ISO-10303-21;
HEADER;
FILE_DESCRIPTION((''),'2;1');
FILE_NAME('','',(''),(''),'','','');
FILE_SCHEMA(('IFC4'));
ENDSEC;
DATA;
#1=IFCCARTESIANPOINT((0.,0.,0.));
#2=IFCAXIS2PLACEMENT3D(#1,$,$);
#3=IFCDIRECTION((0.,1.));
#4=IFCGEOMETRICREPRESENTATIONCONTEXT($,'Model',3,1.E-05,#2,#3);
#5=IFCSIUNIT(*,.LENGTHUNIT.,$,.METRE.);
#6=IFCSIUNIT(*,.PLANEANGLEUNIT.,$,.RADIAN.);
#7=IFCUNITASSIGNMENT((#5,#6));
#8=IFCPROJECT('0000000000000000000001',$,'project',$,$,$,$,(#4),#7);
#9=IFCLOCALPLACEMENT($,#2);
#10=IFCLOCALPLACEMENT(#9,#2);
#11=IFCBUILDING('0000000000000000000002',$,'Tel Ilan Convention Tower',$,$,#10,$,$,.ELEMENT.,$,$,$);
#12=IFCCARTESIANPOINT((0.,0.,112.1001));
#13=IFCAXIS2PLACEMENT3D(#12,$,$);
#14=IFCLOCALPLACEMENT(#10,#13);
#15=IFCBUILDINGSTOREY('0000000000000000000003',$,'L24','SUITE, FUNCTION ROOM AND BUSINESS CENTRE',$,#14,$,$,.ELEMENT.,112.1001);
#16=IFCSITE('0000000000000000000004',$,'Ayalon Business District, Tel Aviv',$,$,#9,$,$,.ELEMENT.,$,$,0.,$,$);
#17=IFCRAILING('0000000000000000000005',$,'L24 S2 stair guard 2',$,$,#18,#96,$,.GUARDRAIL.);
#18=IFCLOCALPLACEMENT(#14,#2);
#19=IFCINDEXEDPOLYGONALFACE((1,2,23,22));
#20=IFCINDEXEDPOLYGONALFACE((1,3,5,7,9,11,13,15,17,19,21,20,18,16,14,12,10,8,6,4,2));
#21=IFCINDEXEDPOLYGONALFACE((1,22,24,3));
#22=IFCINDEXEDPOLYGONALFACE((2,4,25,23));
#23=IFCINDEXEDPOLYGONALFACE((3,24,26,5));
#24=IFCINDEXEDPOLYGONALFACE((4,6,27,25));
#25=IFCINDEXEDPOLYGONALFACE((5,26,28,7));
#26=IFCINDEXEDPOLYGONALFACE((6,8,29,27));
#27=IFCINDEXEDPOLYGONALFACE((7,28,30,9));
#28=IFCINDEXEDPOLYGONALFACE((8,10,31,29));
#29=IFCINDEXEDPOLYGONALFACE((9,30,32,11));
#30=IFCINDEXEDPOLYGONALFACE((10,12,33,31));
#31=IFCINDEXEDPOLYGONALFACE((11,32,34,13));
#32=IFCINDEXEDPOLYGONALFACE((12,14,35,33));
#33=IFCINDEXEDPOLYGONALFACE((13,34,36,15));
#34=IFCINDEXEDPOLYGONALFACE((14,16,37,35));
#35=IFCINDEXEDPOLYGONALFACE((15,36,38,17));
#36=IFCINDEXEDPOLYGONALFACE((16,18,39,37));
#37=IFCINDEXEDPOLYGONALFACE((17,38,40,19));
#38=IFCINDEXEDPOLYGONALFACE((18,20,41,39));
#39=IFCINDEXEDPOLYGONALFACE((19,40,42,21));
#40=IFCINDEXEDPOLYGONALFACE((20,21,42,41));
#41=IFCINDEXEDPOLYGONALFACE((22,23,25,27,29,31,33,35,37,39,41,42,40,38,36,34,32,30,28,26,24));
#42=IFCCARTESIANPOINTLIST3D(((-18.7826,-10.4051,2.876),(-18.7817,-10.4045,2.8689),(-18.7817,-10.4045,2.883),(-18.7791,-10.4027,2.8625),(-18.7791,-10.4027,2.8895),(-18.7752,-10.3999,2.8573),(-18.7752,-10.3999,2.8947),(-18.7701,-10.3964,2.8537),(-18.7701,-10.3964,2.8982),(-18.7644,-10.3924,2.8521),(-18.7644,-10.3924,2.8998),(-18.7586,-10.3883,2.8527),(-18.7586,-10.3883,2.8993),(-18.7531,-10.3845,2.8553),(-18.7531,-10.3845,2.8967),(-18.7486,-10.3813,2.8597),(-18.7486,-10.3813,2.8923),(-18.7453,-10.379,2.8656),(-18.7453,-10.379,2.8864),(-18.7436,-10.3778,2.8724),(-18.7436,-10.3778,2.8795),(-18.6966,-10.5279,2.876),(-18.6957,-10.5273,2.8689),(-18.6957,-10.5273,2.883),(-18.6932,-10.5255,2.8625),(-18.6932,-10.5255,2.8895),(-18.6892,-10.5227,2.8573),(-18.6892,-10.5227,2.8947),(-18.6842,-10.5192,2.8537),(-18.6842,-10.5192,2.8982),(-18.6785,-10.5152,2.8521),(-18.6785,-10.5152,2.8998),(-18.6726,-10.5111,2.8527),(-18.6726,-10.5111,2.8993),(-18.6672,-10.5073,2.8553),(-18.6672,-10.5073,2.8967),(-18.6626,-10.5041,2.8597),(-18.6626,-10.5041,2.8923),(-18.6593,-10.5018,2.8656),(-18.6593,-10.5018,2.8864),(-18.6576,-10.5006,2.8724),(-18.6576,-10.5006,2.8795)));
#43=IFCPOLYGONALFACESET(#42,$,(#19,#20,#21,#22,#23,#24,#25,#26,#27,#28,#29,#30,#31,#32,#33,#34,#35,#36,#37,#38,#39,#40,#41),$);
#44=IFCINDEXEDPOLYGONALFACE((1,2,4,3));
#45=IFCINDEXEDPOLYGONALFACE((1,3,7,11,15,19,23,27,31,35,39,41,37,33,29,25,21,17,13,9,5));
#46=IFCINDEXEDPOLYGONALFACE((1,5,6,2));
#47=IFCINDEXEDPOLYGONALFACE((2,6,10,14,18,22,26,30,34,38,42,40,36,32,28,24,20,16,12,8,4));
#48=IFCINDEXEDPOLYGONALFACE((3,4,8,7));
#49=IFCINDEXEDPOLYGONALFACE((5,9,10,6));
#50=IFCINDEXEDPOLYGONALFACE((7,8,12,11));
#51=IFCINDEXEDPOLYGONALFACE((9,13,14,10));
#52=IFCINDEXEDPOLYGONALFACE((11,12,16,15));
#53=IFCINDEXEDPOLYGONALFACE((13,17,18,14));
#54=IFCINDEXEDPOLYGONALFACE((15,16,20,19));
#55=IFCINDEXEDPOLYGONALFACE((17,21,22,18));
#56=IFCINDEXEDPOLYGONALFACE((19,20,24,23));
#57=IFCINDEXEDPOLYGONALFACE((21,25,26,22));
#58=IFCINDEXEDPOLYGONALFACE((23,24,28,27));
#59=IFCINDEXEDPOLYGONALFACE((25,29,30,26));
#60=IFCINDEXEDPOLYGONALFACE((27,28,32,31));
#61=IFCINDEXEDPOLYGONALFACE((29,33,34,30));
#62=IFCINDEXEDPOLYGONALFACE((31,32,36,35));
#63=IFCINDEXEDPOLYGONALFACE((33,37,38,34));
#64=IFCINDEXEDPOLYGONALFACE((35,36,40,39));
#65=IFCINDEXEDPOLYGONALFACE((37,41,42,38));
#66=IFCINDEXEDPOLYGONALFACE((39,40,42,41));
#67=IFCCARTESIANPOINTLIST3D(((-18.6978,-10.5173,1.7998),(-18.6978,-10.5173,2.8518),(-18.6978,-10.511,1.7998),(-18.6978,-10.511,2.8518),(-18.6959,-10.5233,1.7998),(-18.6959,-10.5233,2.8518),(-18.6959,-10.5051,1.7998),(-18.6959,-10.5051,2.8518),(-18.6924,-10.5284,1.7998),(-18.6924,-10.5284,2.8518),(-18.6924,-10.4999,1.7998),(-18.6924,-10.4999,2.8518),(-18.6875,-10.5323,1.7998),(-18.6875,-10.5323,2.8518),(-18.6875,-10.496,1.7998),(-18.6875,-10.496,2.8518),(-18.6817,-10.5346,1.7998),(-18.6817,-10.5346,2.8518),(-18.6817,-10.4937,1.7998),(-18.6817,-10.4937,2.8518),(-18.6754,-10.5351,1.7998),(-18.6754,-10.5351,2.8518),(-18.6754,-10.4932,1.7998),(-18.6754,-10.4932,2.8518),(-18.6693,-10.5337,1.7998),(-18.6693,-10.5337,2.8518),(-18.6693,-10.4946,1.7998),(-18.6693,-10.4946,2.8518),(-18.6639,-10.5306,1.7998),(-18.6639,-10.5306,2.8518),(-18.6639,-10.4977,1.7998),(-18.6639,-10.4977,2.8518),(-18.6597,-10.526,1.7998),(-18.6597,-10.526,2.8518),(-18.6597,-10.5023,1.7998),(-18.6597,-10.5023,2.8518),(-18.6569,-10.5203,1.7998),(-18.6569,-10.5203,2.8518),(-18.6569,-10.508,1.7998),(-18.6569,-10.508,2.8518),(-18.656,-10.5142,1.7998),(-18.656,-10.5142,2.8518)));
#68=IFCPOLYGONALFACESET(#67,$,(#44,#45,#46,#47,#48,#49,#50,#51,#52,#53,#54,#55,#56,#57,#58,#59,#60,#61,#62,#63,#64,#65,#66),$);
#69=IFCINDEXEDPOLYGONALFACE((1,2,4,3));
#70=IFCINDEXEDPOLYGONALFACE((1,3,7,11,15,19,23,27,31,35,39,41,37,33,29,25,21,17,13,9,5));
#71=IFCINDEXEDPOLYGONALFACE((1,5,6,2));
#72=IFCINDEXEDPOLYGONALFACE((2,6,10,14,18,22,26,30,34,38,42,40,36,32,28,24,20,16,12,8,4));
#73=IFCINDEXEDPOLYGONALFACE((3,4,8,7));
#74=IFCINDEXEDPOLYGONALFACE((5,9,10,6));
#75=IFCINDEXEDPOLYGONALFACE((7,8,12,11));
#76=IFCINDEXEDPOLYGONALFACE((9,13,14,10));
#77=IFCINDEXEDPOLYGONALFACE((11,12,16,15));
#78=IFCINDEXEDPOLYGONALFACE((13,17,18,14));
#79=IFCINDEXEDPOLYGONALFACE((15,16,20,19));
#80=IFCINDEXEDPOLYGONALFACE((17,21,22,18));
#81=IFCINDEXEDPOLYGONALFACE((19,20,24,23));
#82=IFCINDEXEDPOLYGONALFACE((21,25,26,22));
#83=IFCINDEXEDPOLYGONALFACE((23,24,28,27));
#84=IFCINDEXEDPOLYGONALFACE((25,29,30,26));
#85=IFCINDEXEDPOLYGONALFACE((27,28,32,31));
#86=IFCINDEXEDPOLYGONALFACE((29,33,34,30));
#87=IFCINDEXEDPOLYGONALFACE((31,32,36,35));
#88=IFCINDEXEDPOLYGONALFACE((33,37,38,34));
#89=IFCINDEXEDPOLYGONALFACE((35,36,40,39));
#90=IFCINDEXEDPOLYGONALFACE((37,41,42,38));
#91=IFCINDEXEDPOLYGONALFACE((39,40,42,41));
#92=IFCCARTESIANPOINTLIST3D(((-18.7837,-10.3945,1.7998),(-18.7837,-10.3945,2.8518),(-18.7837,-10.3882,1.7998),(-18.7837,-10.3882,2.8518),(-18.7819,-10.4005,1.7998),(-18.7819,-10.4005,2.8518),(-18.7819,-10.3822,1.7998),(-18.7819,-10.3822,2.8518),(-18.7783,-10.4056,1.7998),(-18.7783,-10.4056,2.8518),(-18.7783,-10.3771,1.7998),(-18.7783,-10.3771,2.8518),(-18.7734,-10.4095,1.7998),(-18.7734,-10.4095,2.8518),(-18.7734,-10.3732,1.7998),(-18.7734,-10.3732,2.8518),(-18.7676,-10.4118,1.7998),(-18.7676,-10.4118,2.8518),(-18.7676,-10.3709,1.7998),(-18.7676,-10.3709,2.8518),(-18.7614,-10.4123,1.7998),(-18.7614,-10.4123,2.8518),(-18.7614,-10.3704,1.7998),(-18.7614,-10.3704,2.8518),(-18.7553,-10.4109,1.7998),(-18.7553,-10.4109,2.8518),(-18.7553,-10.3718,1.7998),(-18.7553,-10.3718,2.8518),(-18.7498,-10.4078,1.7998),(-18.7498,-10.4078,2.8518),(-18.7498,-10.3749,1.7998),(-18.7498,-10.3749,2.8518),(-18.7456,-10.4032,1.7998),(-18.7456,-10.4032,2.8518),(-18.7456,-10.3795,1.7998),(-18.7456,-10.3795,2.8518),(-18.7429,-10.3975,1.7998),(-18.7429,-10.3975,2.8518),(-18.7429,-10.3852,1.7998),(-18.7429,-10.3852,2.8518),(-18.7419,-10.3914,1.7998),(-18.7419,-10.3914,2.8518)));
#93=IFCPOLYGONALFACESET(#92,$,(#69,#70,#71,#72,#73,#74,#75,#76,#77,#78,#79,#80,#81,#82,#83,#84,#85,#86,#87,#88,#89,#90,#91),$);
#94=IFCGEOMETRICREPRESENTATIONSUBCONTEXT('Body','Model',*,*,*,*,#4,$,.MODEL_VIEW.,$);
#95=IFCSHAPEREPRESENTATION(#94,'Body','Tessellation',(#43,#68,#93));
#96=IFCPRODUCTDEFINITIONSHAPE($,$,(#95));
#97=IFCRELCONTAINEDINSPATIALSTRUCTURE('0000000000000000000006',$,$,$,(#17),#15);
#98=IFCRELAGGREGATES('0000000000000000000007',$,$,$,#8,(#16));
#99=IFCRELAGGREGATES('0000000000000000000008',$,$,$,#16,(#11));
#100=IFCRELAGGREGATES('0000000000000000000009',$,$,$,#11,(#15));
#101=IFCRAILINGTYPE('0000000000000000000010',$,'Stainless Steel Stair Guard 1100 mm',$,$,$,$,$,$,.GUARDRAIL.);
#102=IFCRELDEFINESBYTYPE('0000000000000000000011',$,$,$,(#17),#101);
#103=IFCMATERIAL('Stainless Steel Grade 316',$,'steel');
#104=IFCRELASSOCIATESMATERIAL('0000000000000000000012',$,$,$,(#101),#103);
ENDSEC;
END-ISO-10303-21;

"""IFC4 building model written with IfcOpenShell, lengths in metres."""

from ifc_helpers import new_model, si_unit, direction, frame, origin, origin_2d, place, context, subcontext, project, spatial, circle, extrude, material, type_object, element, save


model = new_model("IFC4")

# Units and contexts
model_context = context("Model", 3, precision=1e-05, world=origin(), true_north=direction((0.0, 1.0)))
body_context = subcontext(model_context, "Body", "Model", "MODEL_VIEW")
ifc_project = project(units=[si_unit("LENGTHUNIT", "METRE"), si_unit("PLANEANGLEUNIT", "RADIAN")], contexts=[model_context])

# Site, building, storey
site_placement = place(None, origin())
site = spatial("IfcSite", under=ifc_project, at=site_placement, Name="Ayalon Business District, Tel Aviv", CompositionType="ELEMENT", RefElevation=0.0)
building_placement = place(site_placement, origin())
building = spatial("IfcBuilding", under=site, at=building_placement, Name="Tel Ilan Convention Tower", CompositionType="ELEMENT")
storey_placement = place(building_placement, frame((0.0, 0.0, 112.1001)))
storey = spatial("IfcBuildingStorey", under=building, at=storey_placement, Name="L24", Description="SUITE, FUNCTION ROOM AND BUSINESS CENTRE", CompositionType="ELEMENT", Elevation=112.1001)

# Railing
ifc_material_1 = material(Name="Stainless Steel Grade 316", Category="steel")
railing_type_1 = type_object("IfcRailingType", Name="Stainless Steel Stair Guard 1100 mm", PredefinedType="GUARDRAIL", material=ifc_material_1)
railing_1_placement = place(storey_placement, frame((-18.677, -10.5142, 1.7998)))
element("IfcRailing", 1, at=railing_1_placement, inside=storey, type_object=railing_type_1, Name="L24 S2 stair guard 2", PredefinedType="GUARDRAIL", context=body_context, shape_type="SweptSolid", body=[
    extrude(circle(Radius=0.0239, at=origin_2d()), frame((0.0, 0.0, 1.0762), z_axis=(-0.573353, 0.819308, 0.0), x_axis=(-0.819308, -0.573353, 0.0)), (0.0, 0.0, 1.0), 0.1499),
    extrude(circle(Radius=0.021, at=origin_2d()), origin(), (0.0, 0.0, 1.0), 1.052),
    extrude(circle(Radius=0.021, at=origin_2d()), frame((-0.0859, 0.1228, 0.0)), (0.0, 0.0, 1.0), 1.052),
])

save(model, "model.ifc")
